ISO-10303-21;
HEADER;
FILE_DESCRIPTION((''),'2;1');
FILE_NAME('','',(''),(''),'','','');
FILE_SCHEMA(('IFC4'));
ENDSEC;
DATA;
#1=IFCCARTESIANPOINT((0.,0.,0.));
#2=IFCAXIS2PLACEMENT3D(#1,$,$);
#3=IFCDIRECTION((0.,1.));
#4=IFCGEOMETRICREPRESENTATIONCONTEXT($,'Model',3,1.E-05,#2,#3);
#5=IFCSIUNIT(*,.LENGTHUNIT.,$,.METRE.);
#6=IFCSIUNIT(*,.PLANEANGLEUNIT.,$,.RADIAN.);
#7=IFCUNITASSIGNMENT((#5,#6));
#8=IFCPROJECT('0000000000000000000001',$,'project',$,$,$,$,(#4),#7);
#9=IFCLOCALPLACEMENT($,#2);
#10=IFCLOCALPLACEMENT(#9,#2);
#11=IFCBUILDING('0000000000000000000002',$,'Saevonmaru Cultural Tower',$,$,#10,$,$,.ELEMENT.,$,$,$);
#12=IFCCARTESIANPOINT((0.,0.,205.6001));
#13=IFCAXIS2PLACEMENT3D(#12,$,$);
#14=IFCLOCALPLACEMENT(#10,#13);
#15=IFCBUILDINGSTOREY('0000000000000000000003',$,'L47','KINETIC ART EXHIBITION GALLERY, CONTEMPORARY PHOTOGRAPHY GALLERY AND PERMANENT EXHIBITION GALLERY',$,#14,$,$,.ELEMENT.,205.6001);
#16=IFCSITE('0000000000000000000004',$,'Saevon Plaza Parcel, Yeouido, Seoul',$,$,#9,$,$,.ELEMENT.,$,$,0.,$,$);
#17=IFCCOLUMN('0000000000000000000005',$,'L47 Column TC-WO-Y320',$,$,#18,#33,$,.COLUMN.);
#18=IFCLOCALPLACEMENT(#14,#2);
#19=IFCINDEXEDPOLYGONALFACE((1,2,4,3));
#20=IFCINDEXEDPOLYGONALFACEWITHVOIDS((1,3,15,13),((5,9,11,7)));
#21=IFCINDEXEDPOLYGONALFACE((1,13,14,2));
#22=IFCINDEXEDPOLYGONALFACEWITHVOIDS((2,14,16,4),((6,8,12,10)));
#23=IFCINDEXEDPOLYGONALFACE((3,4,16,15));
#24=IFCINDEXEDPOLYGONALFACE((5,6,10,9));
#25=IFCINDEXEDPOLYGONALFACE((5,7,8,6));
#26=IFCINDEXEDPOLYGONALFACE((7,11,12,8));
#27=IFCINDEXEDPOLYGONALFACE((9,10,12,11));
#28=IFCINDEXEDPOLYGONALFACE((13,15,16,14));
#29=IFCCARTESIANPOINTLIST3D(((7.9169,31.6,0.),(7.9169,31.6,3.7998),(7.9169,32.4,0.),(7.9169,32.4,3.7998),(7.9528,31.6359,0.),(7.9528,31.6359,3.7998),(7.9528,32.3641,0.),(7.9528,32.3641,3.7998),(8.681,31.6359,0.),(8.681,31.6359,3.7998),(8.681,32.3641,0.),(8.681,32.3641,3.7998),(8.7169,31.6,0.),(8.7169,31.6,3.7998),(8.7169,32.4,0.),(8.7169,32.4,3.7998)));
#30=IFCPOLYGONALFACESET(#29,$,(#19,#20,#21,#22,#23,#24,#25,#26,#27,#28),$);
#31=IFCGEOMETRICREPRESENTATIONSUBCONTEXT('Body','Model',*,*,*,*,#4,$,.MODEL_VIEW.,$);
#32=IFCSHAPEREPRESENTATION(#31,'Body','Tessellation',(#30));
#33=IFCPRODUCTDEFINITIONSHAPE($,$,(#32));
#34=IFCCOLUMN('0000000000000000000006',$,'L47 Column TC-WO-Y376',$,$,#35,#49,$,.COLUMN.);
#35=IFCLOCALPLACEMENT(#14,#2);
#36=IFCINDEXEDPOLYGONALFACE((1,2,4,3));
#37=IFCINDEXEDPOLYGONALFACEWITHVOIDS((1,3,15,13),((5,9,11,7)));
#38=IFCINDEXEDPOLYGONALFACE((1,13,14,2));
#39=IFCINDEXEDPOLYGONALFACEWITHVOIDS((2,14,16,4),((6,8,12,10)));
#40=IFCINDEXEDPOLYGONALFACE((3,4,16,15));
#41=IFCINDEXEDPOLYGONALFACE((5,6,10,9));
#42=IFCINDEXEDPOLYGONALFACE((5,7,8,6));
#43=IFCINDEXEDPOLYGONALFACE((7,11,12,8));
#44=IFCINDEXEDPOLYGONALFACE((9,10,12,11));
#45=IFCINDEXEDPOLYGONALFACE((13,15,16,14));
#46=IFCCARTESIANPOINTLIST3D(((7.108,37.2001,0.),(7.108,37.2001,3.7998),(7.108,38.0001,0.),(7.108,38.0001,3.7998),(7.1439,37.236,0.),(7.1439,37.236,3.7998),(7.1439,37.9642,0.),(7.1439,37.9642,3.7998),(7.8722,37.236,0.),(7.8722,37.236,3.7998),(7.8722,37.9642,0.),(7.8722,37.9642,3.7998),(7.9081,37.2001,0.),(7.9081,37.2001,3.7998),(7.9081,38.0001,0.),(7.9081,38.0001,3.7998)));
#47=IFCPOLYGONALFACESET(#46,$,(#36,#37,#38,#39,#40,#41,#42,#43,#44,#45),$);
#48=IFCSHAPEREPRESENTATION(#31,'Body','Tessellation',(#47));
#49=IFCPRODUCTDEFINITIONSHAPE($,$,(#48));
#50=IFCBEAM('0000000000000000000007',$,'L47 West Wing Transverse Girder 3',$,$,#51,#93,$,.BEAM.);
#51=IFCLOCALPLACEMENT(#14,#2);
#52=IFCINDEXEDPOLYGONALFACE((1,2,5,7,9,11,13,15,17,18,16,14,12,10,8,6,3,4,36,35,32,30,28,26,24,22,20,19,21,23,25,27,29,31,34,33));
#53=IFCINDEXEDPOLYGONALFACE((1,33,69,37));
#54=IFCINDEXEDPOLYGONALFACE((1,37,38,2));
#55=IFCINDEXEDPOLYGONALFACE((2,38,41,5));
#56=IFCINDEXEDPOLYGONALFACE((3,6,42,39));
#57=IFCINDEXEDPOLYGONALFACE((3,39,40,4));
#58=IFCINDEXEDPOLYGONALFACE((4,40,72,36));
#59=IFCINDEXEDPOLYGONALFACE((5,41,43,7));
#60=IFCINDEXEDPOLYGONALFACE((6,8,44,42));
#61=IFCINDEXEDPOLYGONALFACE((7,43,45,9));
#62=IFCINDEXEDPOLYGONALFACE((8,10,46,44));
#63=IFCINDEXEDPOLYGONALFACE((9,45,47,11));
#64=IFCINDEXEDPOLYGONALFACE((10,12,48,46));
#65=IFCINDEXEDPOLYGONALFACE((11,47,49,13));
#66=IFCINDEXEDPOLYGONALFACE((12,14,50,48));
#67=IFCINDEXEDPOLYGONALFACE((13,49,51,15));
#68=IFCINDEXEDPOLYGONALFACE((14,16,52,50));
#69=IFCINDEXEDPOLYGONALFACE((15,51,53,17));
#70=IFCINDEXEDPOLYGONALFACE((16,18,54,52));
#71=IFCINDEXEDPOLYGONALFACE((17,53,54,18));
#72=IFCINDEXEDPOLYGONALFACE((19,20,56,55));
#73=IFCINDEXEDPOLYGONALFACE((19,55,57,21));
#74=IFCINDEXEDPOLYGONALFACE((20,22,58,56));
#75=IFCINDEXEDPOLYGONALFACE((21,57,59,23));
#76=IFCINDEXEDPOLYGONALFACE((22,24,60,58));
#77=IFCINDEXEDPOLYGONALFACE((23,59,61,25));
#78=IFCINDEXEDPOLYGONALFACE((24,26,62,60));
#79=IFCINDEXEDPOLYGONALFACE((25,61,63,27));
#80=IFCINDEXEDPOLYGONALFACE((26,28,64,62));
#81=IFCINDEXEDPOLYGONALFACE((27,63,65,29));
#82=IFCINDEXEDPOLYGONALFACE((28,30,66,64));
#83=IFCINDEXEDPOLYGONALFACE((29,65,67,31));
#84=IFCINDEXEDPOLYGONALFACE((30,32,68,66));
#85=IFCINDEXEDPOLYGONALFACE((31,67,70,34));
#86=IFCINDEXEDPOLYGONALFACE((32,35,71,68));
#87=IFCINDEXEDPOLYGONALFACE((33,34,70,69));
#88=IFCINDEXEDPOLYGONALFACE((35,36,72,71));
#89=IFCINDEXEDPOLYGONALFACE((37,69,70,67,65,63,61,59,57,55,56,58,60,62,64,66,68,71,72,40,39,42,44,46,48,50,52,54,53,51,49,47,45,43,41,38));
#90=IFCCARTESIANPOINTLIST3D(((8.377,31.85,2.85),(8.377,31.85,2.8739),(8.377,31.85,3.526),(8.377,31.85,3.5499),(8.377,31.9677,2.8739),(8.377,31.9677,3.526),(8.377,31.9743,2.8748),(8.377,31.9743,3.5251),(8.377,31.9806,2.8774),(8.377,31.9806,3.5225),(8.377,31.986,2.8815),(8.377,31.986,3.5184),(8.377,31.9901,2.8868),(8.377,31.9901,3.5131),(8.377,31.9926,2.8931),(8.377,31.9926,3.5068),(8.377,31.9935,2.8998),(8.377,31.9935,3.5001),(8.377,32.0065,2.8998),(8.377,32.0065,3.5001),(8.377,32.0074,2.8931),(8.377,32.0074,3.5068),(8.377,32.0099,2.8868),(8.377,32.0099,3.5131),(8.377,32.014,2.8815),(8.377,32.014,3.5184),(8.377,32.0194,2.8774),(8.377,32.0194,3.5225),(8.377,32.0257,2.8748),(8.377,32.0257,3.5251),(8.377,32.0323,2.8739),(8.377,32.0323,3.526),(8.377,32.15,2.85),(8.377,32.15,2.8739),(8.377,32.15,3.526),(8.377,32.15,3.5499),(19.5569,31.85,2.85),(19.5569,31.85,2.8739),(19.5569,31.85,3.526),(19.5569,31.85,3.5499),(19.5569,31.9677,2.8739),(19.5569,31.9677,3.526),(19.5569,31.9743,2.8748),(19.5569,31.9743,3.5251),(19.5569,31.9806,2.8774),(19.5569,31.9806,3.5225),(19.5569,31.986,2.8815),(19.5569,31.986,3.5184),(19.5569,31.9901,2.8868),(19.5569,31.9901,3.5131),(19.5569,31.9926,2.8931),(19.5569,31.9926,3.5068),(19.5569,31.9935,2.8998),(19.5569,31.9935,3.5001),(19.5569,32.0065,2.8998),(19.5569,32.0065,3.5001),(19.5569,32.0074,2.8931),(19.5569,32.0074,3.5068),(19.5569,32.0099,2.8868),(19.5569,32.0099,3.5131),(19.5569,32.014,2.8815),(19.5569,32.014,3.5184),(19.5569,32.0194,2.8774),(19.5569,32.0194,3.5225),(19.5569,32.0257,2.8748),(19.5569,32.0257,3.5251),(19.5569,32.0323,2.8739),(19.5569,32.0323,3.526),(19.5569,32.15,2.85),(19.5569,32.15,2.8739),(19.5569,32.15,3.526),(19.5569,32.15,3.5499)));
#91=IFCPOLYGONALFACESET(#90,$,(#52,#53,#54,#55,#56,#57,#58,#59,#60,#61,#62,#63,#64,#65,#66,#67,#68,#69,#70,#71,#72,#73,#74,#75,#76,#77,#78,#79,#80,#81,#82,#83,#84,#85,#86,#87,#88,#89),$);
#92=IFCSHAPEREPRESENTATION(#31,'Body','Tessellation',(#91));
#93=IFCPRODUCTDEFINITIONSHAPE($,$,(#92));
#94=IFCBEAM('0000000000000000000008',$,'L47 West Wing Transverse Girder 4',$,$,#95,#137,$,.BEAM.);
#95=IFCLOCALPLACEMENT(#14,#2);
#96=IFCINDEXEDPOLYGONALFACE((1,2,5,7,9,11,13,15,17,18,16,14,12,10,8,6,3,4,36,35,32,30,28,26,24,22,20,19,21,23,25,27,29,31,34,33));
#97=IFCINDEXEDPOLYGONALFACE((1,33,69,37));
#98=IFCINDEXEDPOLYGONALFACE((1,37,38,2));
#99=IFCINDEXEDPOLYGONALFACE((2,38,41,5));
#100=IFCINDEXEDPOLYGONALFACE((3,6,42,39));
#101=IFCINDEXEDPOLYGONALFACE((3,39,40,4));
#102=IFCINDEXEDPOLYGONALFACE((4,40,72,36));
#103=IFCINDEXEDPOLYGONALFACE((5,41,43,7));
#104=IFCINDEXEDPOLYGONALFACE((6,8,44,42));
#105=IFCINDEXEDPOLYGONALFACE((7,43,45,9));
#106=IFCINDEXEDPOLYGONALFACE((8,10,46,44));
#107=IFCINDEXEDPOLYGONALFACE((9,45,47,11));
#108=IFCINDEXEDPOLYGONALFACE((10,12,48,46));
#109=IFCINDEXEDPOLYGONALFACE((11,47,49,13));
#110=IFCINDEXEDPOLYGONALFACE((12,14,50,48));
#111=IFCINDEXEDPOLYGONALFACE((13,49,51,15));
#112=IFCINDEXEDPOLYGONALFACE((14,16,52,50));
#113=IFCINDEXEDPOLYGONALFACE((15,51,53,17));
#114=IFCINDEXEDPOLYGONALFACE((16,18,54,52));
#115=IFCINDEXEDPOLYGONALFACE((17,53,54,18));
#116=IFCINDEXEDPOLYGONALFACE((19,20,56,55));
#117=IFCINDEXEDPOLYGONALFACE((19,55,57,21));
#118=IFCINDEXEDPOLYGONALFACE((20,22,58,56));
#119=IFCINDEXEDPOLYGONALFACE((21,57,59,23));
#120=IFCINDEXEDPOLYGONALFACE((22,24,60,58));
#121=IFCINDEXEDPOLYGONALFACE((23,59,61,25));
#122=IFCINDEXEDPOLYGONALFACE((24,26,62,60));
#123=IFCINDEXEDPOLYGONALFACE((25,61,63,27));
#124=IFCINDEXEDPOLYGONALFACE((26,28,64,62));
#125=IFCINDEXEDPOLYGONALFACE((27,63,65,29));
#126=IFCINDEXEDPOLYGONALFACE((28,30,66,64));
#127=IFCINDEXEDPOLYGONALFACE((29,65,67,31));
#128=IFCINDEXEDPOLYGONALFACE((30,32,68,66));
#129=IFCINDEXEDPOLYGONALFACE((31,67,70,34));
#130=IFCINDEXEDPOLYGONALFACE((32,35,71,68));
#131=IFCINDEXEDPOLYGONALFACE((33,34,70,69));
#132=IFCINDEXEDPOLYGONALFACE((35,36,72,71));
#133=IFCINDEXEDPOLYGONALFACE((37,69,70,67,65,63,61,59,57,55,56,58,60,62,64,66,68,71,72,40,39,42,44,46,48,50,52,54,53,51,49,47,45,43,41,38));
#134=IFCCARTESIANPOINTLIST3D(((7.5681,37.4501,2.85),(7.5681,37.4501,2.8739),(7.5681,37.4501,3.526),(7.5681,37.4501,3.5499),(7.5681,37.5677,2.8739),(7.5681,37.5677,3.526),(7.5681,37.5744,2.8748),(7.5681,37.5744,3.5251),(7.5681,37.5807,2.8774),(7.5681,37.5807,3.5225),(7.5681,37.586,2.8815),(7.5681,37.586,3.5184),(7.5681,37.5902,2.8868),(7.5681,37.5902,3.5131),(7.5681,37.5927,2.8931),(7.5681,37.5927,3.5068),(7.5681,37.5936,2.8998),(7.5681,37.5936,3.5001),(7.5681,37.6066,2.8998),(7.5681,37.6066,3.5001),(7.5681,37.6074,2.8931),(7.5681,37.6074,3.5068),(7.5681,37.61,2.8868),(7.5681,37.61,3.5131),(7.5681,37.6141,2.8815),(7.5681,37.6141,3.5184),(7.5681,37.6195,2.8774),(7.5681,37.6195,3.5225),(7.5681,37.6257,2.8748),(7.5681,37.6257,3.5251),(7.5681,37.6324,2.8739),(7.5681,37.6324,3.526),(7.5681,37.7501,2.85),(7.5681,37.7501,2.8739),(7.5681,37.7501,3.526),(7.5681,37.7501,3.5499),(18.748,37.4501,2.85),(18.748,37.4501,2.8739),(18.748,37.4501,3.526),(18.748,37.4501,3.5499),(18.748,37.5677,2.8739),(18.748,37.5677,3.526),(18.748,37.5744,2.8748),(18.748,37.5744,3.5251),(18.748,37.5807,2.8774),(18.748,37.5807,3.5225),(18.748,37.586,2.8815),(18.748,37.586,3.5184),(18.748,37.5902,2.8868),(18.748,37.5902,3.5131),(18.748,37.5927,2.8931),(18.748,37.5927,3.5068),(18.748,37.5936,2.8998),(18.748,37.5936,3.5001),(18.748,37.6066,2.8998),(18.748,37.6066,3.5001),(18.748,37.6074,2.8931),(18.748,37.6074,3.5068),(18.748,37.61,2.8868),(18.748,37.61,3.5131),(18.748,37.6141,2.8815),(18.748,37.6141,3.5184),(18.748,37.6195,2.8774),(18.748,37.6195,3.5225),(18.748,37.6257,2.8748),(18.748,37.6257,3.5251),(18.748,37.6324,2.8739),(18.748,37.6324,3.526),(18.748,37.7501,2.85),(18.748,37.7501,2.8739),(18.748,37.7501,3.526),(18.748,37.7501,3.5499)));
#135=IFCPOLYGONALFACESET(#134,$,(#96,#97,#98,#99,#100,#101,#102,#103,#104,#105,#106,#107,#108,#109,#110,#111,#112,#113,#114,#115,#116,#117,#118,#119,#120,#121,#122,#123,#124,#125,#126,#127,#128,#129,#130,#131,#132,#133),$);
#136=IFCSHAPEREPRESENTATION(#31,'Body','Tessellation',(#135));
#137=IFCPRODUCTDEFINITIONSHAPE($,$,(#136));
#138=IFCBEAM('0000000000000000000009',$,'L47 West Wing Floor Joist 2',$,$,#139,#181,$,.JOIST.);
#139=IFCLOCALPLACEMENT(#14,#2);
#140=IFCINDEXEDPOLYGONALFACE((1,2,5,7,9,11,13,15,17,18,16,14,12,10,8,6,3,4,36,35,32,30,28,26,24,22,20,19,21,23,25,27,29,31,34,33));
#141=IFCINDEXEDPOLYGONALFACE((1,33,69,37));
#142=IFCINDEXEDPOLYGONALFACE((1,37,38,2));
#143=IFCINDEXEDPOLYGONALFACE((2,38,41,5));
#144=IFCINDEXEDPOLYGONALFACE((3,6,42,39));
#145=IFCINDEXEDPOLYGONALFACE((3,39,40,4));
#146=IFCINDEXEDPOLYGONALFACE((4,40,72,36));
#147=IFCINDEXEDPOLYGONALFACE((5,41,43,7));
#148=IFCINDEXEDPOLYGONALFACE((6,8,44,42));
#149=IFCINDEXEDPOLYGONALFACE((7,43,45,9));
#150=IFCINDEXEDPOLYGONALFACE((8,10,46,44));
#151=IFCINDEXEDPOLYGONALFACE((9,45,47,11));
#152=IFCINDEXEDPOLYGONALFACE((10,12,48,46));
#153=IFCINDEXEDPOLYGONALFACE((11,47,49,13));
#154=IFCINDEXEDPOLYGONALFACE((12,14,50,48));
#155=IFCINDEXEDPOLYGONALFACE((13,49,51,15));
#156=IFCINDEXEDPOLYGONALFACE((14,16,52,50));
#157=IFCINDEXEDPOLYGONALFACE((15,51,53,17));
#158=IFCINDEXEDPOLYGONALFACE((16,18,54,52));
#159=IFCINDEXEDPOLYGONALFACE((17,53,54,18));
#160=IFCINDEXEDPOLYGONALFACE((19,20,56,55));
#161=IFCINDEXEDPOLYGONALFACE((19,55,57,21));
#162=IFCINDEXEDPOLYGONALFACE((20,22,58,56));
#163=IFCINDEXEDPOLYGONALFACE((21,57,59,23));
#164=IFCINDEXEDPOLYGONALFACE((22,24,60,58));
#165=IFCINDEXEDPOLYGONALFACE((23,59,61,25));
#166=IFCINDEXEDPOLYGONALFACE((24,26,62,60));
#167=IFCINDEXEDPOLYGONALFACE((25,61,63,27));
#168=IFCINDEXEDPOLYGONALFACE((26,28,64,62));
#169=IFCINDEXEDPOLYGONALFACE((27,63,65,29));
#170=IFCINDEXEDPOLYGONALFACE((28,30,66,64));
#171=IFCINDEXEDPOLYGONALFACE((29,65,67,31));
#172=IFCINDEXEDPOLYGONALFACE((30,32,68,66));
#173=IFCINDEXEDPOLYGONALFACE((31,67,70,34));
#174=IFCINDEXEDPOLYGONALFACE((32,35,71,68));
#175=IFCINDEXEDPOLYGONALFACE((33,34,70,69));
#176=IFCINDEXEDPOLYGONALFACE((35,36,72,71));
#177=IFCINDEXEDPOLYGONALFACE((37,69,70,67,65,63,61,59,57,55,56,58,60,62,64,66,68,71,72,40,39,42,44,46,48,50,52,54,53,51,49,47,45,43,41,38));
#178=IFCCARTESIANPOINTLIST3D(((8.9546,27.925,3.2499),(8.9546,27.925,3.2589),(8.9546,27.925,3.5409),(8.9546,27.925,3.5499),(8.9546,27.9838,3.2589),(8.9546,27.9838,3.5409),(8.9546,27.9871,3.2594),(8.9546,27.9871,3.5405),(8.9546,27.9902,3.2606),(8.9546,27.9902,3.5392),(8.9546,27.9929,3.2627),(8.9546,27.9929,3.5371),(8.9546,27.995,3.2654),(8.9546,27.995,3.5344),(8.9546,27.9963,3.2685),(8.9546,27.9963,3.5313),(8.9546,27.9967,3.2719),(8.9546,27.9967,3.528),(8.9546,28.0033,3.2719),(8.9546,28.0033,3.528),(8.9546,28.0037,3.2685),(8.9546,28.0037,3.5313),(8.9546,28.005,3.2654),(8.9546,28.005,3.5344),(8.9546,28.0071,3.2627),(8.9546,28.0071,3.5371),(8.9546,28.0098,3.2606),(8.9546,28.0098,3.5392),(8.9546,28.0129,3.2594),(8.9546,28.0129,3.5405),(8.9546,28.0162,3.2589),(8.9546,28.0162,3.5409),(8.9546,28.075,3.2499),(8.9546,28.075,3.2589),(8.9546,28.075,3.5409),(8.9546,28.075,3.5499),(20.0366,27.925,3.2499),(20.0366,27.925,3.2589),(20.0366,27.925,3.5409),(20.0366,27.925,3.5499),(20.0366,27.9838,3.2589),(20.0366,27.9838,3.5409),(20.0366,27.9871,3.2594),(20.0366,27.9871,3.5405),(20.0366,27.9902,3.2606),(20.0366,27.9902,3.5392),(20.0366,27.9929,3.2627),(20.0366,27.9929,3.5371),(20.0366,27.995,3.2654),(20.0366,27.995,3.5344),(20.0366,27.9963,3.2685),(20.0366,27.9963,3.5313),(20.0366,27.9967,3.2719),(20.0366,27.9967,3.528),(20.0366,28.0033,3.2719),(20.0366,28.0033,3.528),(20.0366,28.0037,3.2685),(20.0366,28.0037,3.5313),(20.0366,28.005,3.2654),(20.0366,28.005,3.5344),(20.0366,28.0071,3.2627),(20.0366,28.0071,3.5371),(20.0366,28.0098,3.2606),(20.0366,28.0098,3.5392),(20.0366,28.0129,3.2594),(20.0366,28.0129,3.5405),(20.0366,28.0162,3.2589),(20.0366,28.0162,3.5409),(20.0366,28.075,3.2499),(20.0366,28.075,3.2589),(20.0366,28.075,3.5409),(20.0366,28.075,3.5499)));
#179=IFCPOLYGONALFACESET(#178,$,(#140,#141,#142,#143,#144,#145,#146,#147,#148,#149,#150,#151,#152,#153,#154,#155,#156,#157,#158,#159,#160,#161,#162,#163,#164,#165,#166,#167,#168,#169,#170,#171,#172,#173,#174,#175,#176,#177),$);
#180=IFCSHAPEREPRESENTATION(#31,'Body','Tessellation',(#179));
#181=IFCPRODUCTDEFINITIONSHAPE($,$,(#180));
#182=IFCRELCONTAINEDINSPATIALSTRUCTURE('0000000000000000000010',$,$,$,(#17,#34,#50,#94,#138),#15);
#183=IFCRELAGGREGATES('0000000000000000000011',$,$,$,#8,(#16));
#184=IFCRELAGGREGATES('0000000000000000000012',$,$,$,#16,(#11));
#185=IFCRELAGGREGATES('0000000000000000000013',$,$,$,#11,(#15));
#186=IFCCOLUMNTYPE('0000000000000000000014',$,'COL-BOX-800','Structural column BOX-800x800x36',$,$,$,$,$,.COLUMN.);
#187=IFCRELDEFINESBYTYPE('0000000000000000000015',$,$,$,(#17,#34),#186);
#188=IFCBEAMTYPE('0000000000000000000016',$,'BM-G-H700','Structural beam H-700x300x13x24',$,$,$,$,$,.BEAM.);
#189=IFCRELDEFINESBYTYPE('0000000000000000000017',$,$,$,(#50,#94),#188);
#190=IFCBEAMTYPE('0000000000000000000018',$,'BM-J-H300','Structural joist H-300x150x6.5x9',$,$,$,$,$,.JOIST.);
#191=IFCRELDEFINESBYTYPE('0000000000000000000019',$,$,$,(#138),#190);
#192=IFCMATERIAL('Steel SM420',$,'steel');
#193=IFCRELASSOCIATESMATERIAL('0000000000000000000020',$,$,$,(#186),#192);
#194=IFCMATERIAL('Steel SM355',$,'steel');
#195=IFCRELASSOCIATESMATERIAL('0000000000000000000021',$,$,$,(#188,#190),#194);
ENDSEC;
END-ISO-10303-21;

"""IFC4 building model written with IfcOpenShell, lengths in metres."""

from ifc_helpers import new_model, si_unit, direction, frame, origin, origin_2d, place, context, subcontext, project, spatial, hollow_rectangle, i_section, extrude, material, material_profile, profile_set, type_object, element, save


model = new_model("IFC4")

# Units and contexts
model_context = context("Model", 3, precision=1e-05, world=origin(), true_north=direction((0.0, 1.0)))
body_context = subcontext(model_context, "Body", "Model", "MODEL_VIEW")
ifc_project = project(units=[si_unit("LENGTHUNIT", "METRE"), si_unit("PLANEANGLEUNIT", "RADIAN")], contexts=[model_context])

# Site, building, storey
site_placement = place(None, origin())
site = spatial("IfcSite", under=ifc_project, at=site_placement, Name="Saevon Plaza Parcel, Yeouido, Seoul", CompositionType="ELEMENT", RefElevation=0.0)
building_placement = place(site_placement, origin())
building = spatial("IfcBuilding", under=site, at=building_placement, Name="Saevonmaru Cultural Tower", CompositionType="ELEMENT")
storey_placement = place(building_placement, frame((0.0, 0.0, 205.6001)))
storey = spatial("IfcBuildingStorey", under=building, at=storey_placement, Name="L47", Description="KINETIC ART EXHIBITION GALLERY, CONTEMPORARY PHOTOGRAPHY GALLERY AND PERMANENT EXHIBITION GALLERY", CompositionType="ELEMENT", Elevation=205.6001)

# Columns
ifc_material_1 = material(Name="Steel SM420", Category="steel")
ifc_material_profile_1 = material_profile(ifc_material_1, hollow_rectangle(XDim=0.8, YDim=0.8, WallThickness=0.0359, at=origin_2d()), Name="BOX-800x800x36")
ifc_profile_set_1 = profile_set([ifc_material_profile_1], Name="Steel SM420")
column_type = type_object("IfcColumnType", Name="COL-BOX-800", Description="Structural column BOX-800x800x36", PredefinedType="COLUMN", material=ifc_profile_set_1)
for number, where, z_axis, x_axis, name in (
    (1, (8.3169, 32.0, 0.0), (0.0, 0.0, 1.0), (1.0, 0.0, 0.0), "L47 Column TC-WO-Y320"),
    (2, (7.5081, 37.6001, 0.0), (0.0, 0.0, 1.0), (1.0, 0.0, 0.0), "L47 Column TC-WO-Y376"),
):
    element("IfcColumn", number, at=place(storey_placement, frame(where, z_axis=z_axis, x_axis=x_axis)), inside=storey, type_object=column_type, Name=name, PredefinedType="COLUMN", context=body_context, shape_type="SweptSolid", body=[
        extrude(hollow_rectangle(XDim=0.8, YDim=0.8, WallThickness=0.0359, at=origin_2d()), origin(), (0.0, 0.0, 1.0), 3.7998),
    ])

# Beams
ifc_material_2 = material(Name="Steel SM355", Category="steel")
ifc_material_profile_2 = material_profile(ifc_material_2, i_section(OverallWidth=0.3, OverallDepth=0.7, WebThickness=0.0129, FlangeThickness=0.0239, FilletRadius=0.0259, at=origin_2d()), Name="H-700x300x13x24")
ifc_profile_set_2 = profile_set([ifc_material_profile_2], Name="Steel SM355")
beam_type_1 = type_object("IfcBeamType", Name="BM-G-H700", Description="Structural beam H-700x300x13x24", PredefinedType="BEAM", material=ifc_profile_set_2)
for number, where, z_axis, x_axis, name in (
    (3, (8.377, 32.0, 3.2), (1.0, 0.0, 0.0), (0.0, 1.0, 0.0), "L47 West Wing Transverse Girder 3"),
    (4, (7.5681, 37.6001, 3.2), (1.0, 0.0, 0.0), (0.0, 1.0, 0.0), "L47 West Wing Transverse Girder 4"),
):
    element("IfcBeam", number, at=place(storey_placement, frame(where, z_axis=z_axis, x_axis=x_axis)), inside=storey, type_object=beam_type_1, Name=name, PredefinedType="BEAM", context=body_context, shape_type="SweptSolid", body=[
        extrude(i_section(OverallWidth=0.3, OverallDepth=0.7, WebThickness=0.0129, FlangeThickness=0.0239, FilletRadius=0.0259, at=origin_2d()), origin(), (0.0, 0.0, 1.0), 11.1799),
    ])
ifc_material_profile_3 = material_profile(ifc_material_2, i_section(OverallWidth=0.1499, OverallDepth=0.3, WebThickness=0.0066, FlangeThickness=0.009, FilletRadius=0.0129, at=origin_2d()), Name="H-300x150x6.5x9")
ifc_profile_set_3 = profile_set([ifc_material_profile_3], Name="Steel SM355")
beam_type_2 = type_object("IfcBeamType", Name="BM-J-H300", Description="Structural joist H-300x150x6.5x9", PredefinedType="JOIST", material=ifc_profile_set_3)
for number, where, z_axis, x_axis, name in (
    (5, (8.9546, 28.0, 3.3999), (1.0, 0.0, 0.0), (0.0, 1.0, 0.0), "L47 West Wing Floor Joist 2"),
):
    element("IfcBeam", number, at=place(storey_placement, frame(where, z_axis=z_axis, x_axis=x_axis)), inside=storey, type_object=beam_type_2, Name=name, PredefinedType="JOIST", context=body_context, shape_type="SweptSolid", body=[
        extrude(i_section(OverallWidth=0.1499, OverallDepth=0.3, WebThickness=0.0066, FlangeThickness=0.009, FilletRadius=0.0129, at=origin_2d()), origin(), (0.0, 0.0, 1.0), 11.082),
    ])

save(model, "model.ifc")
